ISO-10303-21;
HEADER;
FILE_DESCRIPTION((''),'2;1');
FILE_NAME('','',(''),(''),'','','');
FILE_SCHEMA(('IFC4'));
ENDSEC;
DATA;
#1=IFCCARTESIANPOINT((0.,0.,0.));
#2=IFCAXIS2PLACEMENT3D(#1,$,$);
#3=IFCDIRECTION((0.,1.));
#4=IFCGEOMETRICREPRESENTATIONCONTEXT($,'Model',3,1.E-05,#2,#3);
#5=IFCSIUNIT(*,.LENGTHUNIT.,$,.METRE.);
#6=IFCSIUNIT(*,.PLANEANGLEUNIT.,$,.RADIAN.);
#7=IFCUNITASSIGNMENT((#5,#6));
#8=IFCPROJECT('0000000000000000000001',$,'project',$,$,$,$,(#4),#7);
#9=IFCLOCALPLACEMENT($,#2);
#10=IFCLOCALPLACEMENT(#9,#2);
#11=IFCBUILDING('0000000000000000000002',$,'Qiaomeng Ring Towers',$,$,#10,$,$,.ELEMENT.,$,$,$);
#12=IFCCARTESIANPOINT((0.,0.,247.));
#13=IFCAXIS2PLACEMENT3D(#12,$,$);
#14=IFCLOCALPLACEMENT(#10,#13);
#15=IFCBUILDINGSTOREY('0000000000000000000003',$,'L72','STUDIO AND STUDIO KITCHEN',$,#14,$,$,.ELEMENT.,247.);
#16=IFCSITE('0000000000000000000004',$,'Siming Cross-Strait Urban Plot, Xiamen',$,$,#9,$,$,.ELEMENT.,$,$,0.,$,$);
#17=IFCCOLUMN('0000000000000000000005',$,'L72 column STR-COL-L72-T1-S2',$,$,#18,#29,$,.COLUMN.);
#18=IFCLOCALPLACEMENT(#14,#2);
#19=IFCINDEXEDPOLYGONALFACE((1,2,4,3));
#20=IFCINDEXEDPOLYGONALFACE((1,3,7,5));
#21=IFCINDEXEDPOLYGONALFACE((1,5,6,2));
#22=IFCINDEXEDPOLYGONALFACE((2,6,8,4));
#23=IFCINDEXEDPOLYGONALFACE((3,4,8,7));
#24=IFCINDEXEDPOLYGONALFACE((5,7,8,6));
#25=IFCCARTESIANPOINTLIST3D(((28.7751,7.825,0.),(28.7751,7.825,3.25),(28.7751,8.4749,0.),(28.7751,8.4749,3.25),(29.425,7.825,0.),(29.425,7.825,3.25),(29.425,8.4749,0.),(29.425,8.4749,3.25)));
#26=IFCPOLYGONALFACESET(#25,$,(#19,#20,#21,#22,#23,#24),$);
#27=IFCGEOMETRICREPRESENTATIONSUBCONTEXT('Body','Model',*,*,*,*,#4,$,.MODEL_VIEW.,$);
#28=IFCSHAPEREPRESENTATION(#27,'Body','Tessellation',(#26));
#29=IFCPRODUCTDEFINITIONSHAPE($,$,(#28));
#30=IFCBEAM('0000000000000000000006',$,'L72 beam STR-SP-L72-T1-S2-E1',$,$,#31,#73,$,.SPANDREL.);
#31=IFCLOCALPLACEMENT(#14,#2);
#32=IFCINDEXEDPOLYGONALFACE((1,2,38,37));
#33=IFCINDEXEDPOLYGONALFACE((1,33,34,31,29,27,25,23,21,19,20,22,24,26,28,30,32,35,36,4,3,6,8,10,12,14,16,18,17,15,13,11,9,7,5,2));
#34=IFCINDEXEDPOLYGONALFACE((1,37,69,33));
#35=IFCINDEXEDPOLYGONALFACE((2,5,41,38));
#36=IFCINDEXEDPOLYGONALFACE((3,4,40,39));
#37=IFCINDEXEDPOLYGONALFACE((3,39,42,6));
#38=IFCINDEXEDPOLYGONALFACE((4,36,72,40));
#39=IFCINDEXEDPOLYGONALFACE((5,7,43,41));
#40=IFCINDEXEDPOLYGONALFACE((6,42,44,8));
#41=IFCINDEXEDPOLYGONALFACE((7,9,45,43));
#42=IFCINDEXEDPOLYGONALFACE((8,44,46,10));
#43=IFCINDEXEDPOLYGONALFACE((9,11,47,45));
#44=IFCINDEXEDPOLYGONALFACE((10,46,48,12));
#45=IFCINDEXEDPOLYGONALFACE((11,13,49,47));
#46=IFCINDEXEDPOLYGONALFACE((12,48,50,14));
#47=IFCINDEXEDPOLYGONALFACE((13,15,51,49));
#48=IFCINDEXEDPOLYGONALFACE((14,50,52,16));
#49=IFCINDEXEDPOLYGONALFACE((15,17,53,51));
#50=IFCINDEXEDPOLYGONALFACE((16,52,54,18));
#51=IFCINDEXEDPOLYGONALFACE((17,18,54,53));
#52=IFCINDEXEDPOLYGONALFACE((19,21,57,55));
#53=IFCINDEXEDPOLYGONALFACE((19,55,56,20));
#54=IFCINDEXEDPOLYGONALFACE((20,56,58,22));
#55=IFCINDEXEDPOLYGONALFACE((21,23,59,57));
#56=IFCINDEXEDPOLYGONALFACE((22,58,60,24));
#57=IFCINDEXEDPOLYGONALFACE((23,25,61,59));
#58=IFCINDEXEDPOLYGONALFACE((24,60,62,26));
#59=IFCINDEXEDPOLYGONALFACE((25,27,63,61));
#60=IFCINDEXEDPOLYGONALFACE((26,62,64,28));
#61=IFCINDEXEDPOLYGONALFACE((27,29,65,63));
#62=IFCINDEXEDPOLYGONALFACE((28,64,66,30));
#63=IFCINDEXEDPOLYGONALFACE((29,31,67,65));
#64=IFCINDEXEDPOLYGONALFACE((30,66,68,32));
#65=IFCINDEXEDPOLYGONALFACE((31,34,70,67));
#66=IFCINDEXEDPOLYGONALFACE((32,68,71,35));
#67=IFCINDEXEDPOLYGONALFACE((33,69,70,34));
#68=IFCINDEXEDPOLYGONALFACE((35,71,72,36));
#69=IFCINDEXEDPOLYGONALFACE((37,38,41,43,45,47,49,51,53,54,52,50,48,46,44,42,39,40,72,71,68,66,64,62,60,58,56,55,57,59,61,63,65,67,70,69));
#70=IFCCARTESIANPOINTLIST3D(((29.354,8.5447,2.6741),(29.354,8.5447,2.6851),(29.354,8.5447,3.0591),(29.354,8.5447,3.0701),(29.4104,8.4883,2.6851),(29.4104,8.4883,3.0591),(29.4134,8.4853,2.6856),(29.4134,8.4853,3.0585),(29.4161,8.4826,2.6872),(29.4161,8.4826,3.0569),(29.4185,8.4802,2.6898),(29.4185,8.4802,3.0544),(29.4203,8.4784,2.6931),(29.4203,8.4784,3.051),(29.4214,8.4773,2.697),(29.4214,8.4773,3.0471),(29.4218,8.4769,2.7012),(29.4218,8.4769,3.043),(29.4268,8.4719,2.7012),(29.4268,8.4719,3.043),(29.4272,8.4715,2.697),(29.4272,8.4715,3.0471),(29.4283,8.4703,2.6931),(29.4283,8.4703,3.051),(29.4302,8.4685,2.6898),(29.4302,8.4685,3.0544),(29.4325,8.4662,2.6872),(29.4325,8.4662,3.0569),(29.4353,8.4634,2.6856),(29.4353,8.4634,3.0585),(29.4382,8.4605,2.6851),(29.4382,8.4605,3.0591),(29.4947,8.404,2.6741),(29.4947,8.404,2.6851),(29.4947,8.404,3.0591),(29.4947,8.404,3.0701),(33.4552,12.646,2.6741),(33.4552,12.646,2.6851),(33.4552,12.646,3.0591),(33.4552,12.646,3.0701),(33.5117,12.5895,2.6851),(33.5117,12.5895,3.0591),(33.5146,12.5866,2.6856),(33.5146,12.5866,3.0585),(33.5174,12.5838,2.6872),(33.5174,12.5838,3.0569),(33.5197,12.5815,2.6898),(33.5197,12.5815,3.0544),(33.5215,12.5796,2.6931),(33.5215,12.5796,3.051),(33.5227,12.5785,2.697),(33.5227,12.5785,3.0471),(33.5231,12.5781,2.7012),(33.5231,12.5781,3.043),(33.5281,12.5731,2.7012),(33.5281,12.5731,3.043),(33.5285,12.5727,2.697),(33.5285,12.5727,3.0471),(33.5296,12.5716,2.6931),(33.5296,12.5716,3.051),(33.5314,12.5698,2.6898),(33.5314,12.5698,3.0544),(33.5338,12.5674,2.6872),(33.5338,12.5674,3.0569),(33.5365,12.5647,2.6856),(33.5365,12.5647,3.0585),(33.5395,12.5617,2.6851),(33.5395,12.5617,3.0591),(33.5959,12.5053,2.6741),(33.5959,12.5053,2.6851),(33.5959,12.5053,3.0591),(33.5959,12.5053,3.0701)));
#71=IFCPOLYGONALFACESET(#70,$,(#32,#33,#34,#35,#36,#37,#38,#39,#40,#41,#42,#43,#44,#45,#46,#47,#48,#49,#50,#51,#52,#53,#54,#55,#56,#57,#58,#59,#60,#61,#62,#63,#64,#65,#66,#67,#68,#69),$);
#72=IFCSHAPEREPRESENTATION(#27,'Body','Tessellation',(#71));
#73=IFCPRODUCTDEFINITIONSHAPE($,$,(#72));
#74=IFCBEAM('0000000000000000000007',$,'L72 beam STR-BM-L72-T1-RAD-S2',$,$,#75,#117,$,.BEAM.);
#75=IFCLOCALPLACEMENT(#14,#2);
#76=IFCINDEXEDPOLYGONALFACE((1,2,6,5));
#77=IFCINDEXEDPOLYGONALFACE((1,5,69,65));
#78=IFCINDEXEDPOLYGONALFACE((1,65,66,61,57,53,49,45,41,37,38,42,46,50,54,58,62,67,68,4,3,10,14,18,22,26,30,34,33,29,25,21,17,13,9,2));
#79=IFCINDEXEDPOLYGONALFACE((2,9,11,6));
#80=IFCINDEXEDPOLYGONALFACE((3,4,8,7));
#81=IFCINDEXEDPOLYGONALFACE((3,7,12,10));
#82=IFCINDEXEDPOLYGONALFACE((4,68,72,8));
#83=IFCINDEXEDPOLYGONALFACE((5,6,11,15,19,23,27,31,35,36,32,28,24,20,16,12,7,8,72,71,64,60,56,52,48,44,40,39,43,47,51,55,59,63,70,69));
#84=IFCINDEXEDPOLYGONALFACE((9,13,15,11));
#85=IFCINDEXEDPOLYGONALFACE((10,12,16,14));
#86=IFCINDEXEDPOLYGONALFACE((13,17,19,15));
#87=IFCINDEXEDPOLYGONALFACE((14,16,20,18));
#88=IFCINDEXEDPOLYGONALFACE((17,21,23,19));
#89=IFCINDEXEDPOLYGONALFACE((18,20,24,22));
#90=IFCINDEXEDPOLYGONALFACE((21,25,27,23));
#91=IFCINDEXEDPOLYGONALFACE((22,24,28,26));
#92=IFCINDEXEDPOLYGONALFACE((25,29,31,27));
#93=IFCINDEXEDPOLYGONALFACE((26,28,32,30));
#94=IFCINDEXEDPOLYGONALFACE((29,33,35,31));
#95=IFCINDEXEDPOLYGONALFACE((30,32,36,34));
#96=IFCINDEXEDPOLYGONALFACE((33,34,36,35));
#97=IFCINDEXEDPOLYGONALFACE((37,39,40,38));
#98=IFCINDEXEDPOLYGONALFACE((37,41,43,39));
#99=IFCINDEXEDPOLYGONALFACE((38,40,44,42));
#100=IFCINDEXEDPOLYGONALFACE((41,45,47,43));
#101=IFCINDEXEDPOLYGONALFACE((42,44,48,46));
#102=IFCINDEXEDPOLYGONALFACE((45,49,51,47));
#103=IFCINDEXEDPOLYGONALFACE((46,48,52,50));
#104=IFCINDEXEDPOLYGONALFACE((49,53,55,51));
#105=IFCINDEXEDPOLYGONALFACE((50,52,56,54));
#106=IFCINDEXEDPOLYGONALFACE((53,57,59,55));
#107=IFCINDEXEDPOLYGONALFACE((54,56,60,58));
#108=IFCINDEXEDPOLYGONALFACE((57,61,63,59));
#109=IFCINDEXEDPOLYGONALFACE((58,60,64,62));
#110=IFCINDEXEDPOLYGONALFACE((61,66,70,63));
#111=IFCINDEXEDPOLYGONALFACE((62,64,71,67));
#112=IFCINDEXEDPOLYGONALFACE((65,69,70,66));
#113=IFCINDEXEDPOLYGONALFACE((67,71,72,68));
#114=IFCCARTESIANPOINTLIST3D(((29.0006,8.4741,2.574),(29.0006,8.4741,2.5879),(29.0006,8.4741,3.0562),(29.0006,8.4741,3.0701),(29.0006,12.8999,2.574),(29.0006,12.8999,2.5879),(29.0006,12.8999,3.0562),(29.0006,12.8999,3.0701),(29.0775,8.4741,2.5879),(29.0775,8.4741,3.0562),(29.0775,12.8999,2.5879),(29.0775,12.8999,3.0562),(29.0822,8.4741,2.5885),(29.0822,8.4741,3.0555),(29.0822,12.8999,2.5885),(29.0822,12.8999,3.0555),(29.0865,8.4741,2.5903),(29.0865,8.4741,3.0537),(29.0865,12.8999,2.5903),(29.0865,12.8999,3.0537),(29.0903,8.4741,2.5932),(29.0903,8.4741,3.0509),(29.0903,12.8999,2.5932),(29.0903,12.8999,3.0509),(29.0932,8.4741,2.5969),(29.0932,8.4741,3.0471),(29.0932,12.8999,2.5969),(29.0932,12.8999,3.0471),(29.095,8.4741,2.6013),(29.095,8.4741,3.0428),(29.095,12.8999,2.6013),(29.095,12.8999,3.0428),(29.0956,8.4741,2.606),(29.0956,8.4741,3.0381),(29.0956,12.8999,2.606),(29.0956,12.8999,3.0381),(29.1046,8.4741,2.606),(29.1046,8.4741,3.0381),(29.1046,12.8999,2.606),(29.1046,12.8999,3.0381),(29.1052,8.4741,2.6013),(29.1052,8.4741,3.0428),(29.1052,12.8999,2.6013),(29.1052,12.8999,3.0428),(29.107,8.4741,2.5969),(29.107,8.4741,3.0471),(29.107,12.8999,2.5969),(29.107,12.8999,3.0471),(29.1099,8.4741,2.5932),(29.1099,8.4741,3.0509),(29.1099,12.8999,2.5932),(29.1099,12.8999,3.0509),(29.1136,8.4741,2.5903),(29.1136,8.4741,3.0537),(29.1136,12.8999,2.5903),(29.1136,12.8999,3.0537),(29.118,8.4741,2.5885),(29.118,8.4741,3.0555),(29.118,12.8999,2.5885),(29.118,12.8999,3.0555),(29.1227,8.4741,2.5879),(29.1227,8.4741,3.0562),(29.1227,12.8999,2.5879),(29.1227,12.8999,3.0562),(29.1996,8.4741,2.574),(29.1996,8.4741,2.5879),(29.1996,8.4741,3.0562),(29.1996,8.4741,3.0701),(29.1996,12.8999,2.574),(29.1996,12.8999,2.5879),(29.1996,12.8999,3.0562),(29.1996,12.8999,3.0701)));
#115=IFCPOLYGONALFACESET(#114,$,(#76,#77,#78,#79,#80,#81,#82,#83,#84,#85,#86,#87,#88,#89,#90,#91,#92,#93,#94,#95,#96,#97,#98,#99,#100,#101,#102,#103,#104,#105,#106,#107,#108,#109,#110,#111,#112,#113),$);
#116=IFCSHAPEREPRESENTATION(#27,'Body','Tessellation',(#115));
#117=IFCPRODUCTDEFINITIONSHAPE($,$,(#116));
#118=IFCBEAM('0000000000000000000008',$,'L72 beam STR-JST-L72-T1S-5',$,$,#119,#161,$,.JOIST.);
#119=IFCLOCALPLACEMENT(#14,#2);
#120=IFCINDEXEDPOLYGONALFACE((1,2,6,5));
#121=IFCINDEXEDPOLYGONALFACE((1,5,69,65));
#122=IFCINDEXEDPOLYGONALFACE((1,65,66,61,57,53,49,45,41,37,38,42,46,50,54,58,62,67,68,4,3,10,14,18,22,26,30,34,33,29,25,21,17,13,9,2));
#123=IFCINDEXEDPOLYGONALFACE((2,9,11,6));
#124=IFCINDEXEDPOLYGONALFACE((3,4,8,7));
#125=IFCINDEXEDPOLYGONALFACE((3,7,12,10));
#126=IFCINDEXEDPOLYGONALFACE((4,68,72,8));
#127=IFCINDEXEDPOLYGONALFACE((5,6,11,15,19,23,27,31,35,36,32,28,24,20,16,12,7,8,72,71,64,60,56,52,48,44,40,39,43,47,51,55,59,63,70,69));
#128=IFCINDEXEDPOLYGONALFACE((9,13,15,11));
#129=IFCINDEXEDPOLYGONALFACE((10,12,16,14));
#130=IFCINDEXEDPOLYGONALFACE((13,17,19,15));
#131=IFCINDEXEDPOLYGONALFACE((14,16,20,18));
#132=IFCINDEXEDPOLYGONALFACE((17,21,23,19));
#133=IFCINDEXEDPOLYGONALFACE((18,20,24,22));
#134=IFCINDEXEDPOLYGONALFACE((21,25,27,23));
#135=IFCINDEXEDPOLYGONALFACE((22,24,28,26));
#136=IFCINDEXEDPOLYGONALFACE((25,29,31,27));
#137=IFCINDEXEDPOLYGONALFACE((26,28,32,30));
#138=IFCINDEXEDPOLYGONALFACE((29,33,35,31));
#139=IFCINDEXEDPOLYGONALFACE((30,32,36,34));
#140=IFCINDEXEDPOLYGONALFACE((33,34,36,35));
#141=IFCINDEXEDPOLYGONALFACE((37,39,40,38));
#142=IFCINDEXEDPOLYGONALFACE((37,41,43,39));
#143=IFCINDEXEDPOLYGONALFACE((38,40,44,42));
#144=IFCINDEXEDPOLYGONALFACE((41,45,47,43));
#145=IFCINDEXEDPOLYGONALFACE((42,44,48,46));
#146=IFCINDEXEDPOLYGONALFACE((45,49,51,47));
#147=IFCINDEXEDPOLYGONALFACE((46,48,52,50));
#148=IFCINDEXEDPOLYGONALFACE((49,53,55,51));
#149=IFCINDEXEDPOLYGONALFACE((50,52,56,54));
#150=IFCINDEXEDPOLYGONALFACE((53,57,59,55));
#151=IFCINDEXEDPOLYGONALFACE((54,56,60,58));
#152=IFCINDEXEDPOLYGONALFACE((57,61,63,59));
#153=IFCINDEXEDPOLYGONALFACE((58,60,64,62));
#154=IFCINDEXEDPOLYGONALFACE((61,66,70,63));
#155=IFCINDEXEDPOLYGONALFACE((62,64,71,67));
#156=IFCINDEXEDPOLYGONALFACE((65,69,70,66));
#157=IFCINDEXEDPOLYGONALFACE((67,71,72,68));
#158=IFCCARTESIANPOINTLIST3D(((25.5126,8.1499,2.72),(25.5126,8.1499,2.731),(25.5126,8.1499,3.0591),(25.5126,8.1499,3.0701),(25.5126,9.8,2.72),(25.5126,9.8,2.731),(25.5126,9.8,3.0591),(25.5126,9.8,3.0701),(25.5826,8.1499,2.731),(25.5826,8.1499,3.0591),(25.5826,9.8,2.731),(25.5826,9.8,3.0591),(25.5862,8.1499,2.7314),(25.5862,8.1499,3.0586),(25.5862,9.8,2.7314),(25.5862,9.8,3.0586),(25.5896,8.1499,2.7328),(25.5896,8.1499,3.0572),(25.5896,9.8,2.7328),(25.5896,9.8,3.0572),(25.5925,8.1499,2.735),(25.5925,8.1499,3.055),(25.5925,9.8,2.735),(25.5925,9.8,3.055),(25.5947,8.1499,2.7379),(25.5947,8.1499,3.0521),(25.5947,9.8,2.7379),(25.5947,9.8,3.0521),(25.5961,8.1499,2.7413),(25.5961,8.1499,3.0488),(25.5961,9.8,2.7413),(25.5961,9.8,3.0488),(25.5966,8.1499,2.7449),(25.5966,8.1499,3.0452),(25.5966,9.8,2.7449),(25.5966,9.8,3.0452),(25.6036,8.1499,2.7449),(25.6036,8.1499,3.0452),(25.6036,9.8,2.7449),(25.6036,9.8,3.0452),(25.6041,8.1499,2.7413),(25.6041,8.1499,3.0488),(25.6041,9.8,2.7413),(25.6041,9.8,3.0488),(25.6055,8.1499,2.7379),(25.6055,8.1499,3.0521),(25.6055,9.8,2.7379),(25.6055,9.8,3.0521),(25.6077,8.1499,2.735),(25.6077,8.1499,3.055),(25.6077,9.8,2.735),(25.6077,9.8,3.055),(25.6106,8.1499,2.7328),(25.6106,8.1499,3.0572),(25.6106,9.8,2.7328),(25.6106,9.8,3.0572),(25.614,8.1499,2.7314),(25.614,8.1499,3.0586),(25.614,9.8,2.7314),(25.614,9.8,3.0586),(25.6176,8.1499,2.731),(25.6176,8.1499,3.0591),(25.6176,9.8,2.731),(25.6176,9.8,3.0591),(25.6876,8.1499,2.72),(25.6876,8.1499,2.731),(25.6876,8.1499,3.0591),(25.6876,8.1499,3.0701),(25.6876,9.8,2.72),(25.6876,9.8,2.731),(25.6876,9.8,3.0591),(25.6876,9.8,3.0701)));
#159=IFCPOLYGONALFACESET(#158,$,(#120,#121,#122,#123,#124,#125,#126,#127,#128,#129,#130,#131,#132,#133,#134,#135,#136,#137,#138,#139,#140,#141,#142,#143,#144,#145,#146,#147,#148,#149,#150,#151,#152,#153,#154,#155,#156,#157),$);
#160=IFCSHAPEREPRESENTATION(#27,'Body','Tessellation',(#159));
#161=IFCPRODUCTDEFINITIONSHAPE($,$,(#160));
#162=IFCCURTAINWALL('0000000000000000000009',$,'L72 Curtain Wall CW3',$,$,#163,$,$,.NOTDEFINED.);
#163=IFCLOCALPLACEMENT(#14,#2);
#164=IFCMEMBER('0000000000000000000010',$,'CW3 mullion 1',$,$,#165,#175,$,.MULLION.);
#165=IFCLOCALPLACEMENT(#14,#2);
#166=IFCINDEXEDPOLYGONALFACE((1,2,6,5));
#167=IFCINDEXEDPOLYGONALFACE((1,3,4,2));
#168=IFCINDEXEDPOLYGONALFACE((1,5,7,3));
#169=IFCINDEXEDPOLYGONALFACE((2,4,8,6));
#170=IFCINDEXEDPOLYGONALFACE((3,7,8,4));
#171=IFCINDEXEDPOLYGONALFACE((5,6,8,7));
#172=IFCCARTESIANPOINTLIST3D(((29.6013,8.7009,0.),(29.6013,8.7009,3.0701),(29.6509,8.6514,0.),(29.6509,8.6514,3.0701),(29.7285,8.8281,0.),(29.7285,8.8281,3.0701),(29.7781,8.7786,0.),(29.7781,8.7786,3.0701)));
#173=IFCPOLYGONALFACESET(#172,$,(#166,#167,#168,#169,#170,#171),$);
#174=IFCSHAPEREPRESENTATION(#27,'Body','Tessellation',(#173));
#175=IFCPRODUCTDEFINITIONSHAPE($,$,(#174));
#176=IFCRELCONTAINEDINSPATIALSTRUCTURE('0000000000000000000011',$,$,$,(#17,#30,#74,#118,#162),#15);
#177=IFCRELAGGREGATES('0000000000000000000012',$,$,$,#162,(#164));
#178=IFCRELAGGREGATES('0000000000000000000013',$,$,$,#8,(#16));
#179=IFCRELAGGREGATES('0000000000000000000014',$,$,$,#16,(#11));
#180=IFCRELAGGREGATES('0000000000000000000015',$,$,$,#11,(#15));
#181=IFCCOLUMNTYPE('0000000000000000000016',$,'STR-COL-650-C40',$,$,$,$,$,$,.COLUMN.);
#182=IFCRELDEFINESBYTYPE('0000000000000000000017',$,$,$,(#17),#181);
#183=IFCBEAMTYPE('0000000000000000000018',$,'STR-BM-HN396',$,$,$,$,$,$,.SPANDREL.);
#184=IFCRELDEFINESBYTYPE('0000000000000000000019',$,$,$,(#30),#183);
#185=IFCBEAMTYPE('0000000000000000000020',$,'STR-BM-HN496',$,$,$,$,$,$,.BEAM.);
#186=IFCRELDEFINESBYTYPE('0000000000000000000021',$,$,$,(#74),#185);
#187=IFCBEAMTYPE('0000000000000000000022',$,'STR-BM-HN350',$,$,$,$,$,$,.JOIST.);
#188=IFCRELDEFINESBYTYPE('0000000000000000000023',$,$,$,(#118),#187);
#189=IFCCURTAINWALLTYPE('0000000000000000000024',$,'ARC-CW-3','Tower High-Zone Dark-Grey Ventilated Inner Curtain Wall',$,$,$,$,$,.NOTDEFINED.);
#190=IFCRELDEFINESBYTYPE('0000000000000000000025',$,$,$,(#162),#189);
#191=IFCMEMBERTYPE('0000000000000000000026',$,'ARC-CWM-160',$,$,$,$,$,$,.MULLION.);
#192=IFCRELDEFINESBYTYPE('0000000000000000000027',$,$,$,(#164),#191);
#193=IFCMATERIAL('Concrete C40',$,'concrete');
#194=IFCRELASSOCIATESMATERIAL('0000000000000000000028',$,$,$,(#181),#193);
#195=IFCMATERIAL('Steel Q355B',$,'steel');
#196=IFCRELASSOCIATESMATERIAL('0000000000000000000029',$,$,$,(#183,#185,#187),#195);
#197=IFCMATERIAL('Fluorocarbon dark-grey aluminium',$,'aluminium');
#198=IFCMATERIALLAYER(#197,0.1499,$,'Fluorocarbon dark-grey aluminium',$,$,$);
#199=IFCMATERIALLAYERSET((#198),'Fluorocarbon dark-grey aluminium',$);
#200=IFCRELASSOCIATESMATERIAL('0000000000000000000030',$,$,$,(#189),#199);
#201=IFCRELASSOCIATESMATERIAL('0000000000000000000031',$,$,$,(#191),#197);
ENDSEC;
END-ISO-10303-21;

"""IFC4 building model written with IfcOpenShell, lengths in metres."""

from ifc_helpers import new_model, si_unit, direction, frame, origin, origin_2d, place, context, subcontext, project, spatial, rectangle, i_section, extrude, source, transform, mapped, material, layer, layer_set, material_profile, profile_set, type_object, element, aggregate, save


model = new_model("IFC4")

# Units and contexts
model_context = context("Model", 3, precision=1e-05, world=origin(), true_north=direction((0.0, 1.0)))
body_context = subcontext(model_context, "Body", "Model", "MODEL_VIEW")
ifc_project = project(units=[si_unit("LENGTHUNIT", "METRE"), si_unit("PLANEANGLEUNIT", "RADIAN")], contexts=[model_context])

# Site, building, storey
site_placement = place(None, origin())
site = spatial("IfcSite", under=ifc_project, at=site_placement, Name="Siming Cross-Strait Urban Plot, Xiamen", CompositionType="ELEMENT", RefElevation=0.0)
building_placement = place(site_placement, origin())
building = spatial("IfcBuilding", under=site, at=building_placement, Name="Qiaomeng Ring Towers", CompositionType="ELEMENT")
storey_placement = place(building_placement, frame((0.0, 0.0, 247.0)))
storey = spatial("IfcBuildingStorey", under=building, at=storey_placement, Name="L72", Description="STUDIO AND STUDIO KITCHEN", CompositionType="ELEMENT", Elevation=247.0)

# Column
ifc_material_1 = material(Name="Concrete C40", Category="concrete")
ifc_material_profile_1 = material_profile(ifc_material_1, rectangle(XDim=0.6499, YDim=0.6499, at=origin_2d()), Name="RC COL 650x650")
ifc_profile_set_1 = profile_set([ifc_material_profile_1], Name="Concrete C40")
column_type = type_object("IfcColumnType", Name="STR-COL-650-C40", PredefinedType="COLUMN", material=ifc_profile_set_1)
shared_shape_1 = source(origin(), body_context, "Body", "SweptSolid", [
    extrude(rectangle(XDim=0.6499, YDim=0.6499, at=origin_2d()), origin(), (0.0, 0.0, 1.0), 3.25),
])
column_placement = place(storey_placement, frame((29.1001, 8.1499, 0.0), z_axis=(0.0, 0.0, 1.0), x_axis=(1.0, 0.0, 0.0)))
element("IfcColumn", 1, at=column_placement, inside=storey, type_object=column_type, Name="L72 column STR-COL-L72-T1-S2", PredefinedType="COLUMN", context=body_context, shape_type="MappedRepresentation", body=[
    mapped(shared_shape_1, transform((0.0, 0.0, 0.0), x_axis=(1.0, 0.0, 0.0), y_axis=(0.0, 1.0, 0.0), z_axis=(0.0, 0.0, 1.0), scale=1.0)),
])

# Beams
ifc_material_2 = material(Name="Steel Q355B", Category="steel")
ifc_material_profile_2 = material_profile(ifc_material_2, i_section(OverallWidth=0.199, OverallDepth=0.396, WebThickness=0.0071, FlangeThickness=0.011, FilletRadius=0.0161, at=origin_2d()), Name="HN 396x199x7x11")
ifc_profile_set_2 = profile_set([ifc_material_profile_2], Name="Steel Q355B")
beam_type_1 = type_object("IfcBeamType", Name="STR-BM-HN396", PredefinedType="SPANDREL", material=ifc_profile_set_2)
shared_shape_2 = source(origin(), body_context, "Body", "SweptSolid", [
    extrude(i_section(OverallWidth=0.199, OverallDepth=0.396, WebThickness=0.0071, FlangeThickness=0.011, FilletRadius=0.0161, at=origin_2d()), origin(), (0.0, 0.0, 1.0), 5.8),
])
beam_1_placement = place(storey_placement, frame((29.4243, 8.4744, 2.8721), z_axis=(0.707107, 0.707107, 0.0), x_axis=(-0.707107, 0.707107, 0.0)))
element("IfcBeam", 2, at=beam_1_placement, inside=storey, type_object=beam_type_1, Name="L72 beam STR-SP-L72-T1-S2-E1", PredefinedType="SPANDREL", context=body_context, shape_type="MappedRepresentation", body=[
    mapped(shared_shape_2, transform((0.0, 0.0, 0.0), x_axis=(1.0, 0.0, 0.0), y_axis=(0.0, 1.0, 0.0), z_axis=(0.0, 0.0, 1.0), scale=1.0)),
])
ifc_material_profile_3 = material_profile(ifc_material_2, i_section(OverallWidth=0.199, OverallDepth=0.4961, WebThickness=0.009, FlangeThickness=0.0139, FilletRadius=0.0181, at=origin_2d()), Name="HN 496x199x9x14")
ifc_profile_set_3 = profile_set([ifc_material_profile_3], Name="Steel Q355B")
beam_type_2 = type_object("IfcBeamType", Name="STR-BM-HN496", PredefinedType="BEAM", material=ifc_profile_set_3)
shared_shape_3 = source(origin(), body_context, "Body", "SweptSolid", [
    extrude(i_section(OverallWidth=0.199, OverallDepth=0.4961, WebThickness=0.009, FlangeThickness=0.0139, FilletRadius=0.0181, at=origin_2d()), origin(), (0.0, 0.0, 1.0), 4.4258),
])
beam_2_placement = place(storey_placement, frame((29.1001, 8.4741, 2.822), z_axis=(0.0, 1.0, 0.0), x_axis=(-1.0, 0.0, 0.0)))
element("IfcBeam", 3, at=beam_2_placement, inside=storey, type_object=beam_type_2, Name="L72 beam STR-BM-L72-T1-RAD-S2", PredefinedType="BEAM", context=body_context, shape_type="MappedRepresentation", body=[
    mapped(shared_shape_3, transform((0.0, 0.0, 0.0), x_axis=(1.0, 0.0, 0.0), y_axis=(0.0, 1.0, 0.0), z_axis=(0.0, 0.0, 1.0), scale=1.0)),
])
ifc_material_profile_4 = material_profile(ifc_material_2, i_section(OverallWidth=0.175, OverallDepth=0.3501, WebThickness=0.0071, FlangeThickness=0.011, FilletRadius=0.0139, at=origin_2d()), Name="HN 350x175x7x11")
ifc_profile_set_4 = profile_set([ifc_material_profile_4], Name="Steel Q355B")
beam_type_3 = type_object("IfcBeamType", Name="STR-BM-HN350", PredefinedType="JOIST", material=ifc_profile_set_4)
shared_shape_4 = source(origin(), body_context, "Body", "SweptSolid", [
    extrude(i_section(OverallWidth=0.175, OverallDepth=0.3501, WebThickness=0.0071, FlangeThickness=0.011, FilletRadius=0.0139, at=origin_2d()), origin(), (0.0, 0.0, 1.0), 1.6501),
])
beam_3_placement = place(storey_placement, frame((25.6001, 8.1499, 2.895), z_axis=(0.0, 1.0, 0.0), x_axis=(-1.0, 0.0, 0.0)))
element("IfcBeam", 4, at=beam_3_placement, inside=storey, type_object=beam_type_3, Name="L72 beam STR-JST-L72-T1S-5", PredefinedType="JOIST", context=body_context, shape_type="MappedRepresentation", body=[
    mapped(shared_shape_4, transform((0.0, 0.0, 0.0), x_axis=(1.0, 0.0, 0.0), y_axis=(0.0, 1.0, 0.0), z_axis=(0.0, 0.0, 1.0), scale=1.0)),
])

# Curtain wall, member
ifc_material_3 = material(Name="Fluorocarbon dark-grey aluminium", Category="aluminium")
ifc_layer_1 = layer(ifc_material_3, 0.1499, Name="Fluorocarbon dark-grey aluminium")
ifc_layer_set_1 = layer_set([ifc_layer_1], Name="Fluorocarbon dark-grey aluminium")
curtain_wall_type = type_object("IfcCurtainWallType", Name="ARC-CW-3", Description="Tower High-Zone Dark-Grey Ventilated Inner Curtain Wall", PredefinedType="NOTDEFINED", material=ifc_layer_set_1)
curtain_wall_placement = place(storey_placement, origin())
curtain_wall = element("IfcCurtainWall", 5, at=curtain_wall_placement, inside=storey, type_object=curtain_wall_type, Name="L72 Curtain Wall CW3", PredefinedType="NOTDEFINED")
ifc_material_profile_5 = material_profile(ifc_material_3, rectangle(XDim=0.0701, YDim=0.1799, at=origin_2d()), Name="ALU MULL 70x180")
ifc_profile_set_5 = profile_set([ifc_material_profile_5], Name="Fluorocarbon dark-grey aluminium")
member_type_1 = type_object("IfcMemberType", Name="ARC-CWM-160", PredefinedType="MULLION", material=ifc_profile_set_5)
shared_shape_5 = source(origin(), body_context, "Body", "SweptSolid", [
    extrude(rectangle(XDim=0.0701, YDim=0.1799, at=origin_2d()), origin(), (0.0, 0.0, 1.0), 3.0701),
])
member_1_placement = place(storey_placement, frame((29.6897, 8.7397, 0.0), z_axis=(0.0, 0.0, 1.0), x_axis=(-0.707107, 0.707107, 0.0)))
member_1 = element("IfcMember", 6, at=member_1_placement, type_object=member_type_1, Name="CW3 mullion 1", PredefinedType="MULLION", context=body_context, shape_type="MappedRepresentation", body=[
    mapped(shared_shape_5, transform((0.0, 0.0, 0.0), x_axis=(1.0, 0.0, 0.0), y_axis=(0.0, 1.0, 0.0), z_axis=(0.0, 0.0, 1.0), scale=1.0)),
])
aggregate(curtain_wall, [member_1])

save(model, "model.ifc")
